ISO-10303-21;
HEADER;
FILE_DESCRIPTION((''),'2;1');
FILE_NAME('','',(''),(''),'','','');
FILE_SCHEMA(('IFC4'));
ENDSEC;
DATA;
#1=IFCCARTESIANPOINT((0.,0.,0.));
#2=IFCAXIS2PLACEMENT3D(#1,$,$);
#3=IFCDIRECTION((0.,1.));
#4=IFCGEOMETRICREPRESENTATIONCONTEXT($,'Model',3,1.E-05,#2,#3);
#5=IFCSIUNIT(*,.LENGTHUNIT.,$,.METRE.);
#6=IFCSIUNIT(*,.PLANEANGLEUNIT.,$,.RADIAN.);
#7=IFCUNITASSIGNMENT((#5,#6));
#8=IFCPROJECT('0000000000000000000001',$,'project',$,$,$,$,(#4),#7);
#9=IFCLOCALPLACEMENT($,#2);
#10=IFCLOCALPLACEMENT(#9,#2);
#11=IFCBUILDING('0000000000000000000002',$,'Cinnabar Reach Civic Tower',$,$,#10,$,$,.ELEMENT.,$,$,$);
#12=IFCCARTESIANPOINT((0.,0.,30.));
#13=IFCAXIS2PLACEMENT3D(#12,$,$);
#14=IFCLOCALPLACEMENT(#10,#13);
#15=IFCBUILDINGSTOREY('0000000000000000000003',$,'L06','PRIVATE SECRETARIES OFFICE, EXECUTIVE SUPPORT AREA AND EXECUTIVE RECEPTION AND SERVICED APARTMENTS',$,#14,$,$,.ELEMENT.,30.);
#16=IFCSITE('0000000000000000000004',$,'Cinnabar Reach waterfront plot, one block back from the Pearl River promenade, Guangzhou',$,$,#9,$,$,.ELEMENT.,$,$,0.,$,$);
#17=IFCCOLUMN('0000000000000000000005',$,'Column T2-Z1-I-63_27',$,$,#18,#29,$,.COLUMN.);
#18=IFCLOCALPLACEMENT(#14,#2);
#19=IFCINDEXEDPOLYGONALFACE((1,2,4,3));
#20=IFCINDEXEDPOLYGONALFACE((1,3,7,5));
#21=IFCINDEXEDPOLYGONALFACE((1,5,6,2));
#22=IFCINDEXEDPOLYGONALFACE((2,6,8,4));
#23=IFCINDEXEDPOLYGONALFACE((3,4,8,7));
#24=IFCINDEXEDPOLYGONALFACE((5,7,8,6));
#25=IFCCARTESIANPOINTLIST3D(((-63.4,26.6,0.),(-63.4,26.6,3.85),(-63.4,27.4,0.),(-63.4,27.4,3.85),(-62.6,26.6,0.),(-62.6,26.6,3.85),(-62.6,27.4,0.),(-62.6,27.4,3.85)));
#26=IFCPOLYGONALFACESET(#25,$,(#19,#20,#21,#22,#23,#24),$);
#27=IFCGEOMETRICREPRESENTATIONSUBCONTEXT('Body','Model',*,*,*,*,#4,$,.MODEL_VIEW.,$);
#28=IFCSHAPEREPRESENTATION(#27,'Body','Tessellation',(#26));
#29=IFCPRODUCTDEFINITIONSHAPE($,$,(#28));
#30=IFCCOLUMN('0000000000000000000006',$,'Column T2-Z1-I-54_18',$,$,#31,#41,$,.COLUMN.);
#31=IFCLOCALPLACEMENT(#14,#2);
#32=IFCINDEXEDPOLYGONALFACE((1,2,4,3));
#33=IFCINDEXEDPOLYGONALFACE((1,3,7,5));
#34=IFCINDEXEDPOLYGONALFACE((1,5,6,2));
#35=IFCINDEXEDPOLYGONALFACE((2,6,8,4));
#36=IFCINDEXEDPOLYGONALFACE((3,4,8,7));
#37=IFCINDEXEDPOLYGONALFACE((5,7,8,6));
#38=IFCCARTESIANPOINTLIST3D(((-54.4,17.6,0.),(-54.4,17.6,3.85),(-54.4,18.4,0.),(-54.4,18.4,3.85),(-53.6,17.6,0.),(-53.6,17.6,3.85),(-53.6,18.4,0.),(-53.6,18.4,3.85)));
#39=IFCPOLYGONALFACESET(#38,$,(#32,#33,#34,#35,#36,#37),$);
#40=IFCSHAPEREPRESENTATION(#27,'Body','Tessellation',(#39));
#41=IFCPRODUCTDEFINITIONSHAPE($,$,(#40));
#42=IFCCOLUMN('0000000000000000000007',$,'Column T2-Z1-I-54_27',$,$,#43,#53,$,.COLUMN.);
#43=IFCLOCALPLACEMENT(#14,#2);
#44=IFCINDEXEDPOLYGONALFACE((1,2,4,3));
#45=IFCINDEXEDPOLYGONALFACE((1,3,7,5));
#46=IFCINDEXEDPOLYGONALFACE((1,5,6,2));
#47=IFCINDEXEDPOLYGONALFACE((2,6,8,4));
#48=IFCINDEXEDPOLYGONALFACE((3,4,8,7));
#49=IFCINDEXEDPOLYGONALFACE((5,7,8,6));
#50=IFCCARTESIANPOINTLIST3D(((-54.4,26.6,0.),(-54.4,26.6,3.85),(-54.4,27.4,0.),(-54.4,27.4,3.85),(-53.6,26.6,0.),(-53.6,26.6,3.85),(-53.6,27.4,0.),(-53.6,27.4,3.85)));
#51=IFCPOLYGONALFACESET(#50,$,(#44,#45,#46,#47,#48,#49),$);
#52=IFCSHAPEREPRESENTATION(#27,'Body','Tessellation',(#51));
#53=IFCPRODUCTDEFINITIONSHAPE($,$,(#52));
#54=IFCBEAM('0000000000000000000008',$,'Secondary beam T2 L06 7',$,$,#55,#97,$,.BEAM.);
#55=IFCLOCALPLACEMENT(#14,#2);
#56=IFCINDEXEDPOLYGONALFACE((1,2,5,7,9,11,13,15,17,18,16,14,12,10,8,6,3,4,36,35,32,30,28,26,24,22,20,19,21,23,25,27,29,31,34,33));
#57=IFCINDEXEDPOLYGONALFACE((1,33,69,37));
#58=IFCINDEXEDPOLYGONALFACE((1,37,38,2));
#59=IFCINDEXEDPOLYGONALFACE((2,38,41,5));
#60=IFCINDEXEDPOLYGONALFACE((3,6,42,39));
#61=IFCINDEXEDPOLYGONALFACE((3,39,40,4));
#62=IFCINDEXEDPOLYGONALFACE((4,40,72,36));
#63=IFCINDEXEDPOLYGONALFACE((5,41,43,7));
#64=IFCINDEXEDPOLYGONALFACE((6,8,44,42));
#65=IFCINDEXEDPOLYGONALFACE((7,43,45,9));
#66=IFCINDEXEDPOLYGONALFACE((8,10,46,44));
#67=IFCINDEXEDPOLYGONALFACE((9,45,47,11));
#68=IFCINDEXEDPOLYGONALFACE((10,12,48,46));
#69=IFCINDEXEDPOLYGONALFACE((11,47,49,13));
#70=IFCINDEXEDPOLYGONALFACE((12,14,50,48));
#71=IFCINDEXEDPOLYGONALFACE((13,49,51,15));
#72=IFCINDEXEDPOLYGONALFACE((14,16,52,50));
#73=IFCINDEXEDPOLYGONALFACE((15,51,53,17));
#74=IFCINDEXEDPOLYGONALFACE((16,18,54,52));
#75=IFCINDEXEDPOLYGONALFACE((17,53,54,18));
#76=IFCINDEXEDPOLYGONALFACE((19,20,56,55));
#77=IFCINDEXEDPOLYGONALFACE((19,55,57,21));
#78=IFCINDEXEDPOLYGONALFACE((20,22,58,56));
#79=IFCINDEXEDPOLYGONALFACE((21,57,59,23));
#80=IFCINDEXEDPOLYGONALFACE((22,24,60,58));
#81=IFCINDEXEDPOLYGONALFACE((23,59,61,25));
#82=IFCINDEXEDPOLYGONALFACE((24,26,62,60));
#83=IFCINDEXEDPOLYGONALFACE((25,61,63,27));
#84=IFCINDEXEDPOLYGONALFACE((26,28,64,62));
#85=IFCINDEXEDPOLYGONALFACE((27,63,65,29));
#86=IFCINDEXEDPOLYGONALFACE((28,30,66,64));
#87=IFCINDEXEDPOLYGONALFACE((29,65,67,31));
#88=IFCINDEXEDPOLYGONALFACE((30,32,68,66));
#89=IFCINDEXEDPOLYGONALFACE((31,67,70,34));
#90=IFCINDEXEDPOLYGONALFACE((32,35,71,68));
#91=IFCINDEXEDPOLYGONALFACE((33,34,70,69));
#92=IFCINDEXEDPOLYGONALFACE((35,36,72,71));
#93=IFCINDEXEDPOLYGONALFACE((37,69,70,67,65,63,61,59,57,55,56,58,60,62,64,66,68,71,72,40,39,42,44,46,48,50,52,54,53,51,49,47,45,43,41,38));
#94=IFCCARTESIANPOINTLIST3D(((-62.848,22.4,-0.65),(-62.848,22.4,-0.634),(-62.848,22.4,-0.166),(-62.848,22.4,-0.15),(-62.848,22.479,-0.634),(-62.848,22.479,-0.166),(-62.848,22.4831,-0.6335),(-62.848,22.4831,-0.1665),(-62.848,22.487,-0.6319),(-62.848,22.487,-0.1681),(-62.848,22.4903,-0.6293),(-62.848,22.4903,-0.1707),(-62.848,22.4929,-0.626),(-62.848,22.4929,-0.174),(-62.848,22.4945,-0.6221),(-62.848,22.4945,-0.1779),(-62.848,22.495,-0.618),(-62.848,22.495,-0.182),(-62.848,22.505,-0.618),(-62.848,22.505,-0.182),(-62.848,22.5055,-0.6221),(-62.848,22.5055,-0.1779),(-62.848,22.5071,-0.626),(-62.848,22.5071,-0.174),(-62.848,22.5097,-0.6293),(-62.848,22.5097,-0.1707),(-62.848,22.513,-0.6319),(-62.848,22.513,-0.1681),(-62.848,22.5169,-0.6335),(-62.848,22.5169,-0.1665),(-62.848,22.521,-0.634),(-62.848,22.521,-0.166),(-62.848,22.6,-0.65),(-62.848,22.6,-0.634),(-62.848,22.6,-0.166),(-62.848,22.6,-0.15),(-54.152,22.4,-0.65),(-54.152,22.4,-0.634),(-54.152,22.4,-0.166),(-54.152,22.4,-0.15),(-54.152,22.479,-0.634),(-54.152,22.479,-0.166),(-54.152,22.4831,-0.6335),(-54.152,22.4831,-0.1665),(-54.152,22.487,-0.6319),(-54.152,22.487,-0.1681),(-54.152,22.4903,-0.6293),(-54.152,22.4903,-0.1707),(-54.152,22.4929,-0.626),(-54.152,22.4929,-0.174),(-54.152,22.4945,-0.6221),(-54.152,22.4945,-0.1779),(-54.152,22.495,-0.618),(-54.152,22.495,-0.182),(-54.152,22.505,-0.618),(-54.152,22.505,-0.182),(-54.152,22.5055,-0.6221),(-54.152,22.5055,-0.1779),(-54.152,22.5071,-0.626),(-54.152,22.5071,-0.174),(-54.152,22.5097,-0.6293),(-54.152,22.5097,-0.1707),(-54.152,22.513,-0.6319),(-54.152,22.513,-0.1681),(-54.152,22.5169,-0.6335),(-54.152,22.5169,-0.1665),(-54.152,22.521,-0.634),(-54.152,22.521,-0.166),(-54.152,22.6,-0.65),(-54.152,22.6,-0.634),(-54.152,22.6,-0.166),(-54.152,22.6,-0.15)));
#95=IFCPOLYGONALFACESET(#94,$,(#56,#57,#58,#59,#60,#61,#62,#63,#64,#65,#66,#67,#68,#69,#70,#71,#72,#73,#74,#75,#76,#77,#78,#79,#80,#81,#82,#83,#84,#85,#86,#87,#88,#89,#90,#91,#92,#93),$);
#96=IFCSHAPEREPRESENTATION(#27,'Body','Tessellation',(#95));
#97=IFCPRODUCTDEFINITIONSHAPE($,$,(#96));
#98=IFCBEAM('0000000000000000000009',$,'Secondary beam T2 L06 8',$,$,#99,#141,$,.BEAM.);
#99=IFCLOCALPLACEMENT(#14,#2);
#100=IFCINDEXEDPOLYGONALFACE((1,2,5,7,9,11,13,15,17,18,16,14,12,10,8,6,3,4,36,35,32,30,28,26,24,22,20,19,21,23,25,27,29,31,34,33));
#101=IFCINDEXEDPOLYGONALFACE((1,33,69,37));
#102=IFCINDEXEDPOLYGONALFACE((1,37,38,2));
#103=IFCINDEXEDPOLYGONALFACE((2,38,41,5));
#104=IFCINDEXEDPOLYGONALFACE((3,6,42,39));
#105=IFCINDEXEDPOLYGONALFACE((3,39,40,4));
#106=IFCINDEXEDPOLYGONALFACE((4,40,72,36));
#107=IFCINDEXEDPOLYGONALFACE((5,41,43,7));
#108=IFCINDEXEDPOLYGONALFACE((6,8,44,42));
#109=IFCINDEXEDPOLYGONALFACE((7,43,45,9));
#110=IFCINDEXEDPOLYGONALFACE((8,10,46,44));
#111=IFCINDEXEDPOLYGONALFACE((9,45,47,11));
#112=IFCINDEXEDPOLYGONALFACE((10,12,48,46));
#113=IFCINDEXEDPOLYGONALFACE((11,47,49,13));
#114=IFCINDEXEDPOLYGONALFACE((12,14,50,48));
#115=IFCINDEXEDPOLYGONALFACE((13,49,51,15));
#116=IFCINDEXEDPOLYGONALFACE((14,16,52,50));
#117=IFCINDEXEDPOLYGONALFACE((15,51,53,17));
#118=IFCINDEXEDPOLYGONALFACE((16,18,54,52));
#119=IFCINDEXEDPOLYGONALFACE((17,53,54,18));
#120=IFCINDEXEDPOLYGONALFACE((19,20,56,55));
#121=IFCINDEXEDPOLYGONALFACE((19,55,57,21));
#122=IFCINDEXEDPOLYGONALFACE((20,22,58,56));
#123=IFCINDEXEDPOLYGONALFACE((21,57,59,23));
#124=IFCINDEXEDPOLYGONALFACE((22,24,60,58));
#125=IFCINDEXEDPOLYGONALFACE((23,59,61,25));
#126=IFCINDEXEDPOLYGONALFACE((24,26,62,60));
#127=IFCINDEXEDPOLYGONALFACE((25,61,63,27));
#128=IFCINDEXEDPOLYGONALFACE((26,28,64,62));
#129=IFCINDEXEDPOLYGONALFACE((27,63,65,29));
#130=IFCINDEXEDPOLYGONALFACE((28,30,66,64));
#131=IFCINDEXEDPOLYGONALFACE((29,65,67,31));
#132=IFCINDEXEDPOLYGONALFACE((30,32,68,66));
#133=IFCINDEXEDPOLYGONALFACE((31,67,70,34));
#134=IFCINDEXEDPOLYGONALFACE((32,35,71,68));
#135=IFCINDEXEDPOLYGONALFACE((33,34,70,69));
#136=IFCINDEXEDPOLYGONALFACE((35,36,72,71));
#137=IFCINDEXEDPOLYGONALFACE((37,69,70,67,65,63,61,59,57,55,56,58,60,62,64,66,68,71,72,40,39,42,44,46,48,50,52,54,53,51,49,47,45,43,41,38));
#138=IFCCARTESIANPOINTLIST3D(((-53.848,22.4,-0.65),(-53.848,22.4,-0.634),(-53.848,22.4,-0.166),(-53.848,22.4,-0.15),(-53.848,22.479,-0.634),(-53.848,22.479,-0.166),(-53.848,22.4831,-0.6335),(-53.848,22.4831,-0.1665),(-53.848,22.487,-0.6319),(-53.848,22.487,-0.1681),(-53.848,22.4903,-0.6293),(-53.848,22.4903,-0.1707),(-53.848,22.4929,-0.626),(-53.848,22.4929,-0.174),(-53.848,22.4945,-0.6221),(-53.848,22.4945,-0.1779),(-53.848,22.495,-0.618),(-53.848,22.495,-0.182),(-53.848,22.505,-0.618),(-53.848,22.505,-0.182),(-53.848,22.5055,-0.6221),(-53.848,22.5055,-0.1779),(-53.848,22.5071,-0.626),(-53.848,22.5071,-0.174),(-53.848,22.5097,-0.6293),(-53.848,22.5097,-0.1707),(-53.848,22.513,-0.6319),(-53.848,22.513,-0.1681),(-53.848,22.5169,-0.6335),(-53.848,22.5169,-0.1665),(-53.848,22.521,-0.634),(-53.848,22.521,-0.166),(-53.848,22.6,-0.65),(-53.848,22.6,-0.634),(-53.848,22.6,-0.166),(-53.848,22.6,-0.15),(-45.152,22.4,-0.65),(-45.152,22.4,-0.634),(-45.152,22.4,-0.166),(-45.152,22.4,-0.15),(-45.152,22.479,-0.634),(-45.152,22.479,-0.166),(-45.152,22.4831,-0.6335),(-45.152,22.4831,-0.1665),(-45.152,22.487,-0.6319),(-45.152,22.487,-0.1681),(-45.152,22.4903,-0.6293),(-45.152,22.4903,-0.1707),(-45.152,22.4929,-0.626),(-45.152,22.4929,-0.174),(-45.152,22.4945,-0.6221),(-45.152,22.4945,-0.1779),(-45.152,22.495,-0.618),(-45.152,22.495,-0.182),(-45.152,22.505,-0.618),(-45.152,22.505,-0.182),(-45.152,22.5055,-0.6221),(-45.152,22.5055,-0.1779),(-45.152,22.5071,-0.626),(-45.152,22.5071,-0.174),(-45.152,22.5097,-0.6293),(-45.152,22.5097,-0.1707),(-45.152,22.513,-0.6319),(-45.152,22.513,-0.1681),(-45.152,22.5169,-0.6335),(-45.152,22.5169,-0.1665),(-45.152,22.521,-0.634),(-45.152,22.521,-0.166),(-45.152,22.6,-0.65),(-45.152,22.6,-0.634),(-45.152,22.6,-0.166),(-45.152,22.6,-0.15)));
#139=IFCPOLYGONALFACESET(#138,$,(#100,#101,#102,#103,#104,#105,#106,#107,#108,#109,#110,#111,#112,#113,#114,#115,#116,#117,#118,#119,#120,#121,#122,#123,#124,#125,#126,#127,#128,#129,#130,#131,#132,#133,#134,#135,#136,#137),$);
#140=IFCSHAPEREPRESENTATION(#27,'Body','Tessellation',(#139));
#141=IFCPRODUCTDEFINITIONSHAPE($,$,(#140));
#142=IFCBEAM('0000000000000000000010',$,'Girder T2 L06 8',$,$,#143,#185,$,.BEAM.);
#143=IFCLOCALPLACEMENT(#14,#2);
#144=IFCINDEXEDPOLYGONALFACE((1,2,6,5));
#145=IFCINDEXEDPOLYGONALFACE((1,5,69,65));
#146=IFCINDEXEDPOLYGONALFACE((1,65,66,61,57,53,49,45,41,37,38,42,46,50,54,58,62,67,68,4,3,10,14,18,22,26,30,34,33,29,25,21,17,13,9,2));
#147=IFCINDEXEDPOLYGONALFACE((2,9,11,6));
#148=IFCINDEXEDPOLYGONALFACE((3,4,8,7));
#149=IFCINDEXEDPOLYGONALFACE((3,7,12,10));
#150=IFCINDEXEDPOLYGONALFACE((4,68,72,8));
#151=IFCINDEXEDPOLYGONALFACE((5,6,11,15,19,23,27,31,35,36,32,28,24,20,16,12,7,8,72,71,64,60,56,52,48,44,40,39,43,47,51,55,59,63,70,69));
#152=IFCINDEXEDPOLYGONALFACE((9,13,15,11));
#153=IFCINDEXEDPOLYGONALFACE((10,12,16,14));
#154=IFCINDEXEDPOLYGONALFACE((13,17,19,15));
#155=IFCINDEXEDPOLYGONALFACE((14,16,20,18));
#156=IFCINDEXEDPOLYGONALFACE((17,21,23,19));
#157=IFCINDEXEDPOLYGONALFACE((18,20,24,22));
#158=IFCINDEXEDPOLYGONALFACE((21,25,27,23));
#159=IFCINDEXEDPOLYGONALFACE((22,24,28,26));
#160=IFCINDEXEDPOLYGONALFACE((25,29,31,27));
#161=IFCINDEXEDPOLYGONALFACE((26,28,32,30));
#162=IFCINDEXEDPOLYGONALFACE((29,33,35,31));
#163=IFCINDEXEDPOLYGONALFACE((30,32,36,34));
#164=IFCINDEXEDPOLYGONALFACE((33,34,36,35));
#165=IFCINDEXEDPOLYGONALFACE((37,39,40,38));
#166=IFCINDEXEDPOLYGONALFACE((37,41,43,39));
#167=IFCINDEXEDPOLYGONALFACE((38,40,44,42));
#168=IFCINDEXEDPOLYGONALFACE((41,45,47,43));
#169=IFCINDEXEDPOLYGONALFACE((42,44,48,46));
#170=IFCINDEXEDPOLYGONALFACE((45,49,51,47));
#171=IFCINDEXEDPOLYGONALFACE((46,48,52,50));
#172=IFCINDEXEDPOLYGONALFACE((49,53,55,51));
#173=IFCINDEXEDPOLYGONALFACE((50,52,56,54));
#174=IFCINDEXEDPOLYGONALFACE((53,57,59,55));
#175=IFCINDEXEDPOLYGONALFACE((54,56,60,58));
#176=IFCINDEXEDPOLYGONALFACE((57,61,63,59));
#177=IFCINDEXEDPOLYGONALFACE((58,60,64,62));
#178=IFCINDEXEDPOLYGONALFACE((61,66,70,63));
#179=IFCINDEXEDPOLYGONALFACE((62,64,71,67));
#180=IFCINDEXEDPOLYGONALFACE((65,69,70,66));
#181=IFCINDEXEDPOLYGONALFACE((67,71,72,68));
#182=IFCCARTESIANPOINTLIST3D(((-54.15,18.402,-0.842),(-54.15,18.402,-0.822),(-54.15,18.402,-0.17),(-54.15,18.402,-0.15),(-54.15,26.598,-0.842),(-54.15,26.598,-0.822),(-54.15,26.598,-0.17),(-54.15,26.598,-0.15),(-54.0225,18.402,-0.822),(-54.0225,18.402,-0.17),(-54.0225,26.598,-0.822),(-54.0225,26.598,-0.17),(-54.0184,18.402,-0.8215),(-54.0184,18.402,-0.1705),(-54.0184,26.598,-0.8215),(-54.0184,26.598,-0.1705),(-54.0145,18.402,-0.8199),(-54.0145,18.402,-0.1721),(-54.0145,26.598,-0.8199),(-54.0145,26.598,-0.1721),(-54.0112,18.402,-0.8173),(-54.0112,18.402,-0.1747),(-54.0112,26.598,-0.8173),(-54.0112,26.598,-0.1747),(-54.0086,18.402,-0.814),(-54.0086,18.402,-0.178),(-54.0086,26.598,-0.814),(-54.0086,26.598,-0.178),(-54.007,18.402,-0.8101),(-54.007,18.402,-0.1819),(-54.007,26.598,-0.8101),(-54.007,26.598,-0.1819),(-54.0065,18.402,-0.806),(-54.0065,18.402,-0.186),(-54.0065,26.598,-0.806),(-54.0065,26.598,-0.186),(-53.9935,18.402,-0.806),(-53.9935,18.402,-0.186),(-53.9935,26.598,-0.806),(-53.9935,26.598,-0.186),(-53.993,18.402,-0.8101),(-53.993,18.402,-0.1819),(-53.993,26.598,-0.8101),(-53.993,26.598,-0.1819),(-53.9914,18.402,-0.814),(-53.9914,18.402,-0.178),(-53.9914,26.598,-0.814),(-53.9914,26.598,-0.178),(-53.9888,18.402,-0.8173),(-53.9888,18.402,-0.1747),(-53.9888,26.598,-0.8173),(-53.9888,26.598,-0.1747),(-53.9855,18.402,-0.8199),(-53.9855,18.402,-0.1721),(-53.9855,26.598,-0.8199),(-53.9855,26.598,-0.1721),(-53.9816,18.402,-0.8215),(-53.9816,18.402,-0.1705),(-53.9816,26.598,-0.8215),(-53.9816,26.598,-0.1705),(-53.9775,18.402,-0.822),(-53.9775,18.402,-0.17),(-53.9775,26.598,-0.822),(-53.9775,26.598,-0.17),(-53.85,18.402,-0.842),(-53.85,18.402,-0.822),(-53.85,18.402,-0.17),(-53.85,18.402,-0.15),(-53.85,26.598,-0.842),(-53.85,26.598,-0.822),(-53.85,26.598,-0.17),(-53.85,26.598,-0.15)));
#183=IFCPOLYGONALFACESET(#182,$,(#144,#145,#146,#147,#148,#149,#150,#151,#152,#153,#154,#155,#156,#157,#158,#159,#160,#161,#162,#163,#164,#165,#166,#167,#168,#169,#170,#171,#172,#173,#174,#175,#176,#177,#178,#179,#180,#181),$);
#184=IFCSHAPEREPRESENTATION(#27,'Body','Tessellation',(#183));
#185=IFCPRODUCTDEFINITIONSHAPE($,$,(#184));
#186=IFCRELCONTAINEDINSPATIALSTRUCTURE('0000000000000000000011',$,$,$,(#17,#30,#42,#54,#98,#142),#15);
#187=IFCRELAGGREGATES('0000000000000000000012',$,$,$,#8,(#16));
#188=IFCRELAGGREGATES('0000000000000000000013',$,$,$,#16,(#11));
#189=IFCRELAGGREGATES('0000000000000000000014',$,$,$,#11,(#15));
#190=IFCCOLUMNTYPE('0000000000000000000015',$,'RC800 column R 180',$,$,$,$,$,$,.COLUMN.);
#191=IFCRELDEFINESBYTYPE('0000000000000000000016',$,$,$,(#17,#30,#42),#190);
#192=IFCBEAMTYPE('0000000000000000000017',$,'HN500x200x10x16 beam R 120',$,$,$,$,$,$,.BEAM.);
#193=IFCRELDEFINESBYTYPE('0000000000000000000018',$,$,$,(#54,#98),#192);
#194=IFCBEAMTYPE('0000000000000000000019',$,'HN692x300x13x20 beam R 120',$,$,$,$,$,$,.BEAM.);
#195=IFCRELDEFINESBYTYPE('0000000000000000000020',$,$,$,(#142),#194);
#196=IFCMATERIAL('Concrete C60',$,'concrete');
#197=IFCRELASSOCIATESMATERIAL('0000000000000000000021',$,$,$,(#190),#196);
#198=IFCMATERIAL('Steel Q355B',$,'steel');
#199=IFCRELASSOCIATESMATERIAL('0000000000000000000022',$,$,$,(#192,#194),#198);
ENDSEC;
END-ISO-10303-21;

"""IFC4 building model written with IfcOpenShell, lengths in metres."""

from ifc_helpers import new_model, si_unit, direction, frame, origin, origin_2d, place, context, subcontext, project, spatial, rectangle, i_section, extrude, material, material_profile, profile_set, type_object, element, save


model = new_model("IFC4")

# Units and contexts
model_context = context("Model", 3, precision=1e-05, world=origin(), true_north=direction((0.0, 1.0)))
body_context = subcontext(model_context, "Body", "Model", "MODEL_VIEW")
ifc_project = project(units=[si_unit("LENGTHUNIT", "METRE"), si_unit("PLANEANGLEUNIT", "RADIAN")], contexts=[model_context])

# Site, building, storey
site_placement = place(None, origin())
site = spatial("IfcSite", under=ifc_project, at=site_placement, Name="Cinnabar Reach waterfront plot, one block back from the Pearl River promenade, Guangzhou", CompositionType="ELEMENT", RefElevation=0.0)
building_placement = place(site_placement, origin())
building = spatial("IfcBuilding", under=site, at=building_placement, Name="Cinnabar Reach Civic Tower", CompositionType="ELEMENT")
storey_placement = place(building_placement, frame((0.0, 0.0, 30.0)))
storey = spatial("IfcBuildingStorey", under=building, at=storey_placement, Name="L06", Description="PRIVATE SECRETARIES OFFICE, EXECUTIVE SUPPORT AREA AND EXECUTIVE RECEPTION AND SERVICED APARTMENTS", CompositionType="ELEMENT", Elevation=30.0)

# Columns
ifc_material_1 = material(Name="Concrete C60", Category="concrete")
ifc_material_profile_1 = material_profile(ifc_material_1, rectangle(XDim=0.8, YDim=0.8, at=origin_2d()), Name="RC800")
ifc_profile_set_1 = profile_set([ifc_material_profile_1], Name="Concrete C60")
column_type = type_object("IfcColumnType", Name="RC800 column R 180", PredefinedType="COLUMN", material=ifc_profile_set_1)
for number, where, z_axis, x_axis, name in (
    (1, (-63.0, 27.0, 0.0), (0.0, 0.0, 1.0), (1.0, 0.0, 0.0), "Column T2-Z1-I-63_27"),
    (2, (-54.0, 18.0, 0.0), (0.0, 0.0, 1.0), (1.0, 0.0, 0.0), "Column T2-Z1-I-54_18"),
    (3, (-54.0, 27.0, 0.0), (0.0, 0.0, 1.0), (1.0, 0.0, 0.0), "Column T2-Z1-I-54_27"),
):
    element("IfcColumn", number, at=place(storey_placement, frame(where, z_axis=z_axis, x_axis=x_axis)), inside=storey, type_object=column_type, Name=name, PredefinedType="COLUMN", context=body_context, shape_type="SweptSolid", body=[
        extrude(rectangle(XDim=0.8, YDim=0.8, at=origin_2d()), origin(), (0.0, 0.0, 1.0), 3.85),
    ])

# Beams
ifc_material_2 = material(Name="Steel Q355B", Category="steel")
ifc_material_profile_2 = material_profile(ifc_material_2, i_section(OverallWidth=0.2, OverallDepth=0.5, WebThickness=0.01, FlangeThickness=0.016, FilletRadius=0.016, at=origin_2d()), Name="HN500x200x10x16")
ifc_profile_set_2 = profile_set([ifc_material_profile_2], Name="Steel Q355B")
beam_type_1 = type_object("IfcBeamType", Name="HN500x200x10x16 beam R 120", PredefinedType="BEAM", material=ifc_profile_set_2)
for number, where, z_axis, x_axis, name in (
    (4, (-62.848, 22.5, -0.4), (1.0, 0.0, 0.0), (0.0, 1.0, 0.0), "Secondary beam T2 L06 7"),
    (5, (-53.848, 22.5, -0.4), (1.0, 0.0, 0.0), (0.0, 1.0, 0.0), "Secondary beam T2 L06 8"),
):
    element("IfcBeam", number, at=place(storey_placement, frame(where, z_axis=z_axis, x_axis=x_axis)), inside=storey, type_object=beam_type_1, Name=name, PredefinedType="BEAM", context=body_context, shape_type="SweptSolid", body=[
        extrude(i_section(OverallWidth=0.2, OverallDepth=0.5, WebThickness=0.01, FlangeThickness=0.016, FilletRadius=0.016, at=origin_2d()), origin(), (0.0, 0.0, 1.0), 8.696),
    ])
ifc_material_profile_3 = material_profile(ifc_material_2, i_section(OverallWidth=0.3, OverallDepth=0.692, WebThickness=0.013, FlangeThickness=0.02, FilletRadius=0.016, at=origin_2d()), Name="HN692x300x13x20")
ifc_profile_set_3 = profile_set([ifc_material_profile_3], Name="Steel Q355B")
beam_type_2 = type_object("IfcBeamType", Name="HN692x300x13x20 beam R 120", PredefinedType="BEAM", material=ifc_profile_set_3)
beam_placement = place(storey_placement, frame((-54.0, 18.402, -0.496), z_axis=(0.0, 1.0, 0.0), x_axis=(-1.0, 0.0, 0.0)))
element("IfcBeam", 6, at=beam_placement, inside=storey, type_object=beam_type_2, Name="Girder T2 L06 8", PredefinedType="BEAM", context=body_context, shape_type="SweptSolid", body=[
    extrude(i_section(OverallWidth=0.3, OverallDepth=0.692, WebThickness=0.013, FlangeThickness=0.02, FilletRadius=0.016, at=origin_2d()), origin(), (0.0, 0.0, 1.0), 8.196),
])

save(model, "model.ifc")
